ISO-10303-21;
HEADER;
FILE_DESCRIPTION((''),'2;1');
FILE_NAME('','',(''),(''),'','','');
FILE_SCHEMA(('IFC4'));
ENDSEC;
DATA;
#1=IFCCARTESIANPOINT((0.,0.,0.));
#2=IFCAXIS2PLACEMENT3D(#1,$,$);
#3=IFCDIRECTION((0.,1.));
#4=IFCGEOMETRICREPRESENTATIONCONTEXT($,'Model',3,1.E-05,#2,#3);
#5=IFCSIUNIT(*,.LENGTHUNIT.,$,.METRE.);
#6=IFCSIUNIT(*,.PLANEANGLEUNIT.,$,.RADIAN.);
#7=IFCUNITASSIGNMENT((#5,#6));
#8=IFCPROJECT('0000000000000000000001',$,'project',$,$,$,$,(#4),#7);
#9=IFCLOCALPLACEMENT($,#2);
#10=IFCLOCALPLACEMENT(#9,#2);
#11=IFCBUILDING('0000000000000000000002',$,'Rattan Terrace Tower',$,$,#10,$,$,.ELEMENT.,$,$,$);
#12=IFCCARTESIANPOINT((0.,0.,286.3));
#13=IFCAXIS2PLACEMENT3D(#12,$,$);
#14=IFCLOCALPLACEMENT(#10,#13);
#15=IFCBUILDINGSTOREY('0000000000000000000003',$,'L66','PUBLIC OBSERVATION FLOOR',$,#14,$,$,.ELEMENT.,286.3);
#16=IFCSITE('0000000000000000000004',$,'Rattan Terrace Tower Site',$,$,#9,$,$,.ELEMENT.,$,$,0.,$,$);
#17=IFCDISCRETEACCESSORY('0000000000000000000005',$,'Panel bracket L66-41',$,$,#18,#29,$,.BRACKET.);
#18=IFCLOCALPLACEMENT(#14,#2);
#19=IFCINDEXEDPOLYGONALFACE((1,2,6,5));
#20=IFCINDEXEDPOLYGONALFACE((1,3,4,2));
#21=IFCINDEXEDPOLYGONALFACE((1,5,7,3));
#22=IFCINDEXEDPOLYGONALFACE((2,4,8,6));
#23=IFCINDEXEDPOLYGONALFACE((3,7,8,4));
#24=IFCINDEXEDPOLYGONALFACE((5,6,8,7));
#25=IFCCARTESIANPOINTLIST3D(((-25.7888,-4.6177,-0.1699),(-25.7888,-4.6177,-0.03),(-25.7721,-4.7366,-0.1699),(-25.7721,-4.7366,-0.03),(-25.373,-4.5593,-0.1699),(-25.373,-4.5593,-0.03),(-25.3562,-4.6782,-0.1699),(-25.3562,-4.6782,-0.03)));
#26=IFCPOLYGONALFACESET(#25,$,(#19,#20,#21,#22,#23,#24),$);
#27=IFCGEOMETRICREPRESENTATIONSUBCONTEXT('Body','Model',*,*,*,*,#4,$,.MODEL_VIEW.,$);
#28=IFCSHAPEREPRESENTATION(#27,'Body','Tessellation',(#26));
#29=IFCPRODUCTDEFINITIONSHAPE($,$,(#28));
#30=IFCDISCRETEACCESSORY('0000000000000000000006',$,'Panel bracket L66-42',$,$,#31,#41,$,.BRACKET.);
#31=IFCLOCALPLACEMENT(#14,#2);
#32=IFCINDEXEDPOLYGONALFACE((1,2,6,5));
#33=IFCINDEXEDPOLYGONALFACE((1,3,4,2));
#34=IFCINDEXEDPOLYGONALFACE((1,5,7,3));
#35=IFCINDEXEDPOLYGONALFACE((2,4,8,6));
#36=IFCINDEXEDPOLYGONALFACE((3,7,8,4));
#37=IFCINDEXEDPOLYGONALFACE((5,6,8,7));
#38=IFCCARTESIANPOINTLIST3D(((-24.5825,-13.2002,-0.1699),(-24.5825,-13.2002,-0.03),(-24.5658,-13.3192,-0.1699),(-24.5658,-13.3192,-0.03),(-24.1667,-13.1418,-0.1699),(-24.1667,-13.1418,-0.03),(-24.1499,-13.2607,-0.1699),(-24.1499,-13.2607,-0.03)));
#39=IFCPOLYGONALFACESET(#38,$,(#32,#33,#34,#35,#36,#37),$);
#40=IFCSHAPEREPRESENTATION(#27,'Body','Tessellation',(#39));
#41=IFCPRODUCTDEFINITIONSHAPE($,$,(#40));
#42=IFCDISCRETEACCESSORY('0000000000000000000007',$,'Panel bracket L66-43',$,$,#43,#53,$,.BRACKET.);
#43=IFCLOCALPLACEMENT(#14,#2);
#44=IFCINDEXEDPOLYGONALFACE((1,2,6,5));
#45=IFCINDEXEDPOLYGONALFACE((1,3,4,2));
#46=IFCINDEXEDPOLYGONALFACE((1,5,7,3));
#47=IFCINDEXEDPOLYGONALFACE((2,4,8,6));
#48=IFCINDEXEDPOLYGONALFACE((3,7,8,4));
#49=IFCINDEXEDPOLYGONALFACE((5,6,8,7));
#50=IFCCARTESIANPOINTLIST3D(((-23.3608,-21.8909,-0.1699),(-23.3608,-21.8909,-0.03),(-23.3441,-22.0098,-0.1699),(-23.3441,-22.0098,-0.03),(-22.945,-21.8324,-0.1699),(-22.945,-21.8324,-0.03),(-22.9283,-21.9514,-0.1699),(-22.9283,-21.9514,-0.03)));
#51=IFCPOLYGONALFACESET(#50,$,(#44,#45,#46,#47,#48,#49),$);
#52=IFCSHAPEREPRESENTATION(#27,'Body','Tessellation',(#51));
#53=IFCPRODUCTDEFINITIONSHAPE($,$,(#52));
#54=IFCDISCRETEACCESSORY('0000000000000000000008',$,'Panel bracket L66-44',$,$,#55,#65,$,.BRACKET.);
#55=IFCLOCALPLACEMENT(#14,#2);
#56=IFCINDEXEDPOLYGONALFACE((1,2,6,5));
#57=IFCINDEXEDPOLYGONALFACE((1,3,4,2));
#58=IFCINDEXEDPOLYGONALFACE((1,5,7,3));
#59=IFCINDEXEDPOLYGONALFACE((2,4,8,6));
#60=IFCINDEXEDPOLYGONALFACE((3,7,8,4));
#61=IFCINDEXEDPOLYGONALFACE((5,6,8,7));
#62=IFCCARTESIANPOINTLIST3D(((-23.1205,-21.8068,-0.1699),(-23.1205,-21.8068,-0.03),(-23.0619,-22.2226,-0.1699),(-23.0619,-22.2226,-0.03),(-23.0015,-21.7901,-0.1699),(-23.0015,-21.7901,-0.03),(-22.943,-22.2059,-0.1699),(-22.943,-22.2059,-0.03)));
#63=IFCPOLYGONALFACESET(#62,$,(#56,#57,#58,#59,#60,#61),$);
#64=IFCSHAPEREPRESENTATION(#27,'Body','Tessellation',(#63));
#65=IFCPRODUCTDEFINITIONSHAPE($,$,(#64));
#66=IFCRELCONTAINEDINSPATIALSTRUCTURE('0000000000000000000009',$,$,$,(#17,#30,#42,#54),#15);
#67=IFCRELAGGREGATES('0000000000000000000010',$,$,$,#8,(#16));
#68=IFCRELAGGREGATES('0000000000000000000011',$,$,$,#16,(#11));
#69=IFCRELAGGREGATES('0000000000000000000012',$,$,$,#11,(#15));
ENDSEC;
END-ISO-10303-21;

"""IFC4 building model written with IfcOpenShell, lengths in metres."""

from ifc_helpers import new_model, si_unit, direction, frame, origin, origin_2d, place, context, subcontext, project, spatial, rectangle, extrude, element, save


model = new_model("IFC4")

# Units and contexts
model_context = context("Model", 3, precision=1e-05, world=origin(), true_north=direction((0.0, 1.0)))
body_context = subcontext(model_context, "Body", "Model", "MODEL_VIEW")
ifc_project = project(units=[si_unit("LENGTHUNIT", "METRE"), si_unit("PLANEANGLEUNIT", "RADIAN")], contexts=[model_context])

# Site, building, storey
site_placement = place(None, origin())
site = spatial("IfcSite", under=ifc_project, at=site_placement, Name="Rattan Terrace Tower Site", CompositionType="ELEMENT", RefElevation=0.0)
building_placement = place(site_placement, origin())
building = spatial("IfcBuilding", under=site, at=building_placement, Name="Rattan Terrace Tower", CompositionType="ELEMENT")
storey_placement = place(building_placement, frame((0.0, 0.0, 286.3)))
storey = spatial("IfcBuildingStorey", under=building, at=storey_placement, Name="L66", Description="PUBLIC OBSERVATION FLOOR", CompositionType="ELEMENT", Elevation=286.3)

# Discrete accessories
for number, where, z_axis, x_axis, name in (
    (1, (-25.5725, -4.6479, -0.1699), (0.0, 0.0, 1.0), (0.139192, -0.990265, 0.0), "Panel bracket L66-41"),
    (2, (-24.3662, -13.2305, -0.1699), (0.0, 0.0, 1.0), (0.139192, -0.990265, 0.0), "Panel bracket L66-42"),
    (3, (-23.1445, -21.9211, -0.1699), (0.0, 0.0, 1.0), (0.139192, -0.990265, 0.0), "Panel bracket L66-43"),
    (4, (-23.0317, -22.0063, -0.1699), (0.0, 0.0, 1.0), (0.990241, 0.139367, 0.0), "Panel bracket L66-44"),
):
    element("IfcDiscreteAccessory", number, at=place(storey_placement, frame(where, z_axis=z_axis, x_axis=x_axis)), inside=storey, Name=name, PredefinedType="BRACKET", context=body_context, shape_type="SweptSolid", body=[
        extrude(rectangle(XDim=0.1201, YDim=0.4199, at=origin_2d()), origin(), (0.0, 0.0, 1.0), 0.1399),
    ])

save(model, "model.ifc")
